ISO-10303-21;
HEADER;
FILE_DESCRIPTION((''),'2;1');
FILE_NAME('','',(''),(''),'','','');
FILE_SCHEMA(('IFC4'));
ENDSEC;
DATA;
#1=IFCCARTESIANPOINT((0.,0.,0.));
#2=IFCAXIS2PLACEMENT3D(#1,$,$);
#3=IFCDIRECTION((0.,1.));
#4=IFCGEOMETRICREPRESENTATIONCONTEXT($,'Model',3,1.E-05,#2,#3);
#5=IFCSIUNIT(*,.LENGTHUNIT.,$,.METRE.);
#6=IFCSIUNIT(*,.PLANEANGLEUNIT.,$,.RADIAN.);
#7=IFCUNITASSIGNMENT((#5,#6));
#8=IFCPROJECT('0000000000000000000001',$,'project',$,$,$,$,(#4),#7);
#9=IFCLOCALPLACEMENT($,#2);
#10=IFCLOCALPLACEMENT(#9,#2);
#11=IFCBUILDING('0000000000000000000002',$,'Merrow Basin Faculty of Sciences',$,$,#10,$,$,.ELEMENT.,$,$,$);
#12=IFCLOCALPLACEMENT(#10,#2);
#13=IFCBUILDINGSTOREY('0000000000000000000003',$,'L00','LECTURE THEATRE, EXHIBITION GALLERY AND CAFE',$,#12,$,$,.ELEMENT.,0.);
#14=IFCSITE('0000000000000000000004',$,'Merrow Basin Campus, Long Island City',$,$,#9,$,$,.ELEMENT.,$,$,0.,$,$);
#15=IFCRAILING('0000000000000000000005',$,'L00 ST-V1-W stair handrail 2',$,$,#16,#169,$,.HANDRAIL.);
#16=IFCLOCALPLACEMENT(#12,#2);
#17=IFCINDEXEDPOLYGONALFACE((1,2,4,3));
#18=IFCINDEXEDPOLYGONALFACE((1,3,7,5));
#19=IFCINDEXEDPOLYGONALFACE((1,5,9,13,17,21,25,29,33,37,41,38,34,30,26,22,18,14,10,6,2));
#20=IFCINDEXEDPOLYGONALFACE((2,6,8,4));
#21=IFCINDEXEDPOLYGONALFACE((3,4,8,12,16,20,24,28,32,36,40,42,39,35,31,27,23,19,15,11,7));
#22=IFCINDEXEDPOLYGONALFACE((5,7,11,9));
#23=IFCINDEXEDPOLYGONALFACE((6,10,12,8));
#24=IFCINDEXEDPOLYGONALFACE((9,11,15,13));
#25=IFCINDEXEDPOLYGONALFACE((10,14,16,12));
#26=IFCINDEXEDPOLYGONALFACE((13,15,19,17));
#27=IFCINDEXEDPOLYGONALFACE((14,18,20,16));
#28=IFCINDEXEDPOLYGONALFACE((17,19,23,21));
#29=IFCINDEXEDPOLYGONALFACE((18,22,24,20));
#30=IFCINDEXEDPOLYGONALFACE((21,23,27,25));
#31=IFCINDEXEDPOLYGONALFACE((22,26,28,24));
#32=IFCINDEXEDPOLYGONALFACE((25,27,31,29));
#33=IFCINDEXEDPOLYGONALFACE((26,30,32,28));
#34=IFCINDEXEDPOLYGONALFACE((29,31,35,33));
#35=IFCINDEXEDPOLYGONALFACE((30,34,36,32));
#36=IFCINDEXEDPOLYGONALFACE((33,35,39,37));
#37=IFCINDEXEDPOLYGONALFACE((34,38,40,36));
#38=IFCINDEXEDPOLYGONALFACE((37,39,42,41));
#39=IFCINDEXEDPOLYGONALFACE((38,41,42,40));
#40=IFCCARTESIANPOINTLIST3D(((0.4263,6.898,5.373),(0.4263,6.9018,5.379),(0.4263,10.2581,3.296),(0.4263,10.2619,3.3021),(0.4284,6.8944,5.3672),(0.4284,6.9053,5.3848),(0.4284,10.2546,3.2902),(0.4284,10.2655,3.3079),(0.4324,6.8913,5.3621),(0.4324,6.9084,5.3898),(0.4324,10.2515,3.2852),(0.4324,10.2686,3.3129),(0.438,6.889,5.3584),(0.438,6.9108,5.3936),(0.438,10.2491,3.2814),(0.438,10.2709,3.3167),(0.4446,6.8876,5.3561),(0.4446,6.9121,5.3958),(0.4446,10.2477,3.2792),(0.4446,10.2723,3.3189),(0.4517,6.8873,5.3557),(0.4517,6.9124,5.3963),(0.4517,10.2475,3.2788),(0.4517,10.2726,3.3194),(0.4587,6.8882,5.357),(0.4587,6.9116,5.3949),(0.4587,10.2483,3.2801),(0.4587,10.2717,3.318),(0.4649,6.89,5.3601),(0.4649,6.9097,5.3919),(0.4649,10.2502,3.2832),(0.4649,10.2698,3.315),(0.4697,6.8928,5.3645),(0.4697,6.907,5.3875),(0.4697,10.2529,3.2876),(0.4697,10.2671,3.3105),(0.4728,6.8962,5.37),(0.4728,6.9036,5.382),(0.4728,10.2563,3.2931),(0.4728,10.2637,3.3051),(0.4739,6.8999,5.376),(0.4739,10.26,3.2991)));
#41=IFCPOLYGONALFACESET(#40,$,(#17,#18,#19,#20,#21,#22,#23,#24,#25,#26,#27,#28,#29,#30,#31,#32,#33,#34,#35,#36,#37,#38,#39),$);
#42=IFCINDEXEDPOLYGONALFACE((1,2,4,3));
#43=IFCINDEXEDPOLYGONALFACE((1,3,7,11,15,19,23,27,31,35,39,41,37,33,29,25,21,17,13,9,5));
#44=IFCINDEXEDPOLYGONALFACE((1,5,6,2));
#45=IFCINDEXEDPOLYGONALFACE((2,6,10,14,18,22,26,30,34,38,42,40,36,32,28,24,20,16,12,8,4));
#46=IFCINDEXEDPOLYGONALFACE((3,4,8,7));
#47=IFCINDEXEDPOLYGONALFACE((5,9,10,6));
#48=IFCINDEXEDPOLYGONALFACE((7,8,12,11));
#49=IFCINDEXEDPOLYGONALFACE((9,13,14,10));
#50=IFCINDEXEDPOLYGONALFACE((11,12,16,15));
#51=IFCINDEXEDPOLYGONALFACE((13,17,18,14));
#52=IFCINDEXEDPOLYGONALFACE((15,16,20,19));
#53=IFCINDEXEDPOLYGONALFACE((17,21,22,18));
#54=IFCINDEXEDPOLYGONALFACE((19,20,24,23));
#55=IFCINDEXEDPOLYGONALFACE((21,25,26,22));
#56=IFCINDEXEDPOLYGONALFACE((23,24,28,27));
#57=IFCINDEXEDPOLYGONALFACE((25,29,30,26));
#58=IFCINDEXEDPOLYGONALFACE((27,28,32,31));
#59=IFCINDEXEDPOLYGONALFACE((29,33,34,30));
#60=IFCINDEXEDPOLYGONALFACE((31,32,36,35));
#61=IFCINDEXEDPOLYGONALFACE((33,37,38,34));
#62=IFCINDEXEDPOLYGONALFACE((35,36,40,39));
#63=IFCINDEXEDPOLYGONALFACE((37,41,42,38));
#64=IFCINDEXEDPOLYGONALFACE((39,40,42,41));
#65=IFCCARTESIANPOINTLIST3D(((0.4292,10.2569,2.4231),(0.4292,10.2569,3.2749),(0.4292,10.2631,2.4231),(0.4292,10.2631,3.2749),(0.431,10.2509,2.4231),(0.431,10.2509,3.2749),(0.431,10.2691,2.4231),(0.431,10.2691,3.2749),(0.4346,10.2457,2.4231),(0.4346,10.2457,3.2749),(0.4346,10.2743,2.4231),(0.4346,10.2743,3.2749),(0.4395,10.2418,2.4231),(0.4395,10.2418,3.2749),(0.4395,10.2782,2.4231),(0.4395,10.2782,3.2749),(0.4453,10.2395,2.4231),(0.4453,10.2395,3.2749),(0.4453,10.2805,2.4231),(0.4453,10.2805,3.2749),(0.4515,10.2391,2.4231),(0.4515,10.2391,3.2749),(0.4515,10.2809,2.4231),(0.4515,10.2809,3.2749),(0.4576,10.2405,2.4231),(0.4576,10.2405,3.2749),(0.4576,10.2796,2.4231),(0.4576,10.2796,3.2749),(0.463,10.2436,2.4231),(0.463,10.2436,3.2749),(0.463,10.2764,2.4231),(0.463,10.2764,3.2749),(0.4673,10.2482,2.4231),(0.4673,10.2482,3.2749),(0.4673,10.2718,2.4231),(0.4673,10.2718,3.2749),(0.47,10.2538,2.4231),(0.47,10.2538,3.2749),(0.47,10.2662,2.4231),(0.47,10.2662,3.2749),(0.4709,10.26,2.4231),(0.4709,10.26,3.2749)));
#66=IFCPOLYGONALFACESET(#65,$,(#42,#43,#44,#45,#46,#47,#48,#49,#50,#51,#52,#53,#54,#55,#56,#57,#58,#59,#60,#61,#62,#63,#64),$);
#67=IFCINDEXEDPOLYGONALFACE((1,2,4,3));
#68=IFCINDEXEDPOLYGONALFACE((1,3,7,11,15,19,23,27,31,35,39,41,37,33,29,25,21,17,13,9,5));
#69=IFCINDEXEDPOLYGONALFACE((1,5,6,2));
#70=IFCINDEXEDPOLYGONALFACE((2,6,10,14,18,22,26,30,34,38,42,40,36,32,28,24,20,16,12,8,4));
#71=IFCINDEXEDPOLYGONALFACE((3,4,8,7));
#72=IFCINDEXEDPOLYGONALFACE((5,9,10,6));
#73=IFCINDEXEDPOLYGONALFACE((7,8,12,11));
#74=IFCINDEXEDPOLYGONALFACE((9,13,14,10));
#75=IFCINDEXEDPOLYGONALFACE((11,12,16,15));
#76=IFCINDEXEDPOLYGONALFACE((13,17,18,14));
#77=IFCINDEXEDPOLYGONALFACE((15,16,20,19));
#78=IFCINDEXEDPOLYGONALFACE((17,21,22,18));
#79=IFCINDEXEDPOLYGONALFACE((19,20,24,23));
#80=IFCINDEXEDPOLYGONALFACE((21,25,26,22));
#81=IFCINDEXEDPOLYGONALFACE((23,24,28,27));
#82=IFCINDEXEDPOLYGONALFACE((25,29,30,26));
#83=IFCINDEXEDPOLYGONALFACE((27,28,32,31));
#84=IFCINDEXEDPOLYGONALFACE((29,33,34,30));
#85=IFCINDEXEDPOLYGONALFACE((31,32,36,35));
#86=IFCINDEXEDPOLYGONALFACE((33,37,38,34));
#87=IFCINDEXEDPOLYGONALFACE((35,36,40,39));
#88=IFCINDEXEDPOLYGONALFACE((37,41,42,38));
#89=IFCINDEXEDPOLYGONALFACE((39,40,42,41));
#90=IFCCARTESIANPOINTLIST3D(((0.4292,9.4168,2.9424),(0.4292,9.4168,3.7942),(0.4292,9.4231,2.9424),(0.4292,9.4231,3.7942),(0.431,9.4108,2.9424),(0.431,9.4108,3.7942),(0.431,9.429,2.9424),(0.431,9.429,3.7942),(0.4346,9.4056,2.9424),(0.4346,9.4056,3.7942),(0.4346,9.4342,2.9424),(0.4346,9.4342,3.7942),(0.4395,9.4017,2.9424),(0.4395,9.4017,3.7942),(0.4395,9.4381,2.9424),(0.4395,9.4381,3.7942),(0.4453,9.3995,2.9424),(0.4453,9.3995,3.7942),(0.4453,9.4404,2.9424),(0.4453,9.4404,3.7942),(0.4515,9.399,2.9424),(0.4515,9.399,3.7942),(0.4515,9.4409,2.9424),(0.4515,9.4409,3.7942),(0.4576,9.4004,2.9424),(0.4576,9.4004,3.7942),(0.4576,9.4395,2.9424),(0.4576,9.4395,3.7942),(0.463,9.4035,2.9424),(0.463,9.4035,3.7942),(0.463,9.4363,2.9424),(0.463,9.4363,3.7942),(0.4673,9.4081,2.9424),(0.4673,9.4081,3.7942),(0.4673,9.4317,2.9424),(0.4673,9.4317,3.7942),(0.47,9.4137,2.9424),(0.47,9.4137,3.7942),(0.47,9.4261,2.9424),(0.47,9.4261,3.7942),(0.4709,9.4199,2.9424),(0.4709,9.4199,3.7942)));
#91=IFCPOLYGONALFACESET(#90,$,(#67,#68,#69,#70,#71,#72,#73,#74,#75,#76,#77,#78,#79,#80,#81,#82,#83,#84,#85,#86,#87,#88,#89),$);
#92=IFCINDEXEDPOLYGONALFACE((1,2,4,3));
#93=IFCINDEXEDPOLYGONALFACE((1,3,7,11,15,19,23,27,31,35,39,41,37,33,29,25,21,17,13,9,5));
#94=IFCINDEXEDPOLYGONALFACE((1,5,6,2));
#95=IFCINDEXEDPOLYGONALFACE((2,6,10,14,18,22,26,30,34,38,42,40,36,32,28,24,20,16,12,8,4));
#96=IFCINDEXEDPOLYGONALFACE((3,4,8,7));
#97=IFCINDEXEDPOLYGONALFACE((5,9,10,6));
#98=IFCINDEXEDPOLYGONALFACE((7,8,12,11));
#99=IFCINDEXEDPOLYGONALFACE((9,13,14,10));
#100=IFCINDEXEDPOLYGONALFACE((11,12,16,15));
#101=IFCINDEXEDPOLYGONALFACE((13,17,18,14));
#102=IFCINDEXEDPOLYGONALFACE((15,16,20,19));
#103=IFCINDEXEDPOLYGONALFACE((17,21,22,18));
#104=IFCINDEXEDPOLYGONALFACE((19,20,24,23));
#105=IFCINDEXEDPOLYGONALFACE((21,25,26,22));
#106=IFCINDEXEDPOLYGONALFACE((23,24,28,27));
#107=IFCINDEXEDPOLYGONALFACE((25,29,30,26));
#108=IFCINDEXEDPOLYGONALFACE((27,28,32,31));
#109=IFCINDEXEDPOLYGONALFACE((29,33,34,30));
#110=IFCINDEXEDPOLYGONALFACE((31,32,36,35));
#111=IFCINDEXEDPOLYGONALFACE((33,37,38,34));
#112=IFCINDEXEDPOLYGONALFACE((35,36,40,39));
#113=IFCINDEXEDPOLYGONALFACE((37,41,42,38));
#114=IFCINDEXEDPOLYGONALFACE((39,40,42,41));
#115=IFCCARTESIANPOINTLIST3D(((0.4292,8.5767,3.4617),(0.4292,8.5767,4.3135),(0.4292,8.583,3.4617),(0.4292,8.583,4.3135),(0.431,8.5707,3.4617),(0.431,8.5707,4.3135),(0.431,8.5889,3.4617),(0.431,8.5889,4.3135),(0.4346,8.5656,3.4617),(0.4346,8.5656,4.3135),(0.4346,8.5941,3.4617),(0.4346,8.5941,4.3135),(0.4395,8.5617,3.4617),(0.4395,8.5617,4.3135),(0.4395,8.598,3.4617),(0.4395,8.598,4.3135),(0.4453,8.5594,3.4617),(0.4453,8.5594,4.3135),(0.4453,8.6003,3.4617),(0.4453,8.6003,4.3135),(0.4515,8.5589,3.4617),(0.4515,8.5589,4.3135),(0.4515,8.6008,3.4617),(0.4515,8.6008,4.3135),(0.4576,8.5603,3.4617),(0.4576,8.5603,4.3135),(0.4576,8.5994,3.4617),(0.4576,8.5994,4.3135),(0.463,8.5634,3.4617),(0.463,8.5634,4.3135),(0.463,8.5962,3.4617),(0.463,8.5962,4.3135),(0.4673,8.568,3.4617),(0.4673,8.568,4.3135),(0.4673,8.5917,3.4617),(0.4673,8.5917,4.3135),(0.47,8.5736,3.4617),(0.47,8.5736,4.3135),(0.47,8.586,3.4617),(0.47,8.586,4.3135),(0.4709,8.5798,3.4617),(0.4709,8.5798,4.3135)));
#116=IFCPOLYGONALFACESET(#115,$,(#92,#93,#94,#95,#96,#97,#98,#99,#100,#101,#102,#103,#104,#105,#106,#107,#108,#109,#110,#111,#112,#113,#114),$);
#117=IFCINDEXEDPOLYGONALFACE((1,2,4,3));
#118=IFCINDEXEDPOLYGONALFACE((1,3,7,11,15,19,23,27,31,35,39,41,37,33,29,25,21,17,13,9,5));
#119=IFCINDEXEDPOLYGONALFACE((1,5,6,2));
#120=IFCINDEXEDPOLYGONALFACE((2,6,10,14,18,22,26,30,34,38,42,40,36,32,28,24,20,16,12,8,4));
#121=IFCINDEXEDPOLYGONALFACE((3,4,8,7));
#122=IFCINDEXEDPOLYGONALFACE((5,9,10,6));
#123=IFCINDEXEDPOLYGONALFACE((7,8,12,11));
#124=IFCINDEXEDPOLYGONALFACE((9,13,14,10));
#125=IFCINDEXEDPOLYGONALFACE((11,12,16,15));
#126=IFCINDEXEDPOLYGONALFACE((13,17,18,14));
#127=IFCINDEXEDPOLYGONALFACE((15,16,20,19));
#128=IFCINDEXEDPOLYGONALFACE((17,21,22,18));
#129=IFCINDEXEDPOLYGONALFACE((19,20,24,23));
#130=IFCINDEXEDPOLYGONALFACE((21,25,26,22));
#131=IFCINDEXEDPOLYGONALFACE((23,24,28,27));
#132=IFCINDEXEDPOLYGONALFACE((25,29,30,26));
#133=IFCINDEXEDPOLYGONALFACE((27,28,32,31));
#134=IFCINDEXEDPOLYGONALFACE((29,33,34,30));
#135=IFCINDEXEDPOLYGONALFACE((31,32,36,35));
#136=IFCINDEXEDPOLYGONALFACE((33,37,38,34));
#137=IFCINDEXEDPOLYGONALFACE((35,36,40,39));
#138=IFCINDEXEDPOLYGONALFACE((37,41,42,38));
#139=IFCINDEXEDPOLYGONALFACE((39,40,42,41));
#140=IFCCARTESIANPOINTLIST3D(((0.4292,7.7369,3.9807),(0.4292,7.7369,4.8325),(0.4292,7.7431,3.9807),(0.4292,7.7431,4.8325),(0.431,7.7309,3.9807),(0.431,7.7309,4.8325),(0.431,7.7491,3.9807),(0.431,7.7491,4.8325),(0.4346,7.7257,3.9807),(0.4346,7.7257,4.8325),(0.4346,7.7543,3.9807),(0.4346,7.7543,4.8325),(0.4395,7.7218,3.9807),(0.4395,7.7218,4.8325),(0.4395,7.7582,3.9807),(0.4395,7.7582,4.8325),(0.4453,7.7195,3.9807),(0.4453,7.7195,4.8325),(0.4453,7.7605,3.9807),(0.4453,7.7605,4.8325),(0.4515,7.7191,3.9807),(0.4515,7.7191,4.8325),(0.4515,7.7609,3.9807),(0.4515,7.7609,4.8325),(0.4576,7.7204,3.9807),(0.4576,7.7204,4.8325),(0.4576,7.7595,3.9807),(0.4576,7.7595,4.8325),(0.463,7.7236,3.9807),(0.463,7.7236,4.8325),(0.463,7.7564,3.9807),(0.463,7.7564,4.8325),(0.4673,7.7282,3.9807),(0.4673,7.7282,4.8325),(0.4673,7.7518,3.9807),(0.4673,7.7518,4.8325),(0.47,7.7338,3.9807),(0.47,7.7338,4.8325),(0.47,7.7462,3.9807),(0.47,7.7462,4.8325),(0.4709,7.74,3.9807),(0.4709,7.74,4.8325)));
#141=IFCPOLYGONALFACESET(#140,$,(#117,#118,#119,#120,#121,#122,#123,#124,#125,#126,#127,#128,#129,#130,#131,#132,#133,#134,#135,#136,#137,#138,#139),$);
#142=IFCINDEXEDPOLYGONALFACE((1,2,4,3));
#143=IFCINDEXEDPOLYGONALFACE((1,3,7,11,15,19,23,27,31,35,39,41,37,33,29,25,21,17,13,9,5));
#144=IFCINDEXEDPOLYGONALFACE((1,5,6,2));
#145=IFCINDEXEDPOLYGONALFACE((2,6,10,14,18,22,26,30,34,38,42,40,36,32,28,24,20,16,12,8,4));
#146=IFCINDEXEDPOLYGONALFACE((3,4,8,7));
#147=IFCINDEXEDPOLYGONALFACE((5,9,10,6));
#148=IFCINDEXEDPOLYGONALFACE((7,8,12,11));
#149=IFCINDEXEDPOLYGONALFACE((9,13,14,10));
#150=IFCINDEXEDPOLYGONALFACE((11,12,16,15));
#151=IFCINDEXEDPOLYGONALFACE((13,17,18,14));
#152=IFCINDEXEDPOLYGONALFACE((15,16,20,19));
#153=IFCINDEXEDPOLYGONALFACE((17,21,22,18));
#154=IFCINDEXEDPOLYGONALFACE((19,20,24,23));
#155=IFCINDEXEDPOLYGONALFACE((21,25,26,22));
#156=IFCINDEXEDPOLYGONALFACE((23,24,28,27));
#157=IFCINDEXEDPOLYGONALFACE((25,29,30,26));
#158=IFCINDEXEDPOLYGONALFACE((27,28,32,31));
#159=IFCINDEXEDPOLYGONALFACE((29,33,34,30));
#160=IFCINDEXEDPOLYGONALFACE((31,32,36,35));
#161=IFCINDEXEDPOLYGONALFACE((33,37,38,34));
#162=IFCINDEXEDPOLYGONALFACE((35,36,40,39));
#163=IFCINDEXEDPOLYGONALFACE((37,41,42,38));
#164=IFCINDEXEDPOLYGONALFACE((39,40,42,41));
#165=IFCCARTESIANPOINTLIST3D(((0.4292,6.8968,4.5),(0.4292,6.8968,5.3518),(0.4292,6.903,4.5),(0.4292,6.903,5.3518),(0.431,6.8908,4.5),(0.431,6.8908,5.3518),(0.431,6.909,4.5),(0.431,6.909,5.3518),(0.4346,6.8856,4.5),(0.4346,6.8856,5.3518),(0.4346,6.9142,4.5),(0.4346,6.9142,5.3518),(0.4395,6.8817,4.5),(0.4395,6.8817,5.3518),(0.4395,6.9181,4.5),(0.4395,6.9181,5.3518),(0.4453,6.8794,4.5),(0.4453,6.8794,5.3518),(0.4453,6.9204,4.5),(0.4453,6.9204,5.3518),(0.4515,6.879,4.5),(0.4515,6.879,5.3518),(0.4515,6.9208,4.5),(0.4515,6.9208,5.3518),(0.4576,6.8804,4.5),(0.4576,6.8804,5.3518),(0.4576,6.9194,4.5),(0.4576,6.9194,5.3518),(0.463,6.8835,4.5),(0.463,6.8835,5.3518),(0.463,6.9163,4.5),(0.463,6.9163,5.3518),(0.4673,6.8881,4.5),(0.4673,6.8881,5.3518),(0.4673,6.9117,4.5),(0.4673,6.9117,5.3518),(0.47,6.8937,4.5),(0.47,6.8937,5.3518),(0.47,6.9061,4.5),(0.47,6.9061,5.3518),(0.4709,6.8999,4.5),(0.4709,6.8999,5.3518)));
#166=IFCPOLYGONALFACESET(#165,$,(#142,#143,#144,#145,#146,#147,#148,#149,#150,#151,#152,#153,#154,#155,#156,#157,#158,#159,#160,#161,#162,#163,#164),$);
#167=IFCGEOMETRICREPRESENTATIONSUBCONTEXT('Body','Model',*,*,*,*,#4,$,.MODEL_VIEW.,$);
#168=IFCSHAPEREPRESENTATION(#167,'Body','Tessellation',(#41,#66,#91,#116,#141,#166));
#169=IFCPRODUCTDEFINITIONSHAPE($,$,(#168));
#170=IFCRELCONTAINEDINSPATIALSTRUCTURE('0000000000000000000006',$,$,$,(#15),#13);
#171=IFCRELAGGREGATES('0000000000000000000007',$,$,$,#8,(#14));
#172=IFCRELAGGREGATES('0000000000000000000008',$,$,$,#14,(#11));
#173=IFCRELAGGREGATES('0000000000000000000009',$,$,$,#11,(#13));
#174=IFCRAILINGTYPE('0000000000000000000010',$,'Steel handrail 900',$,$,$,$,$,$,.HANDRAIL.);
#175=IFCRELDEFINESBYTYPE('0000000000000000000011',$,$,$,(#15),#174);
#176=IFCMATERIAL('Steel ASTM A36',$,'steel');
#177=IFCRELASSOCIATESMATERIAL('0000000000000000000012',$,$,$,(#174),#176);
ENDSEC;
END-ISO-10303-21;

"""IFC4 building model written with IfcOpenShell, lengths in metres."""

from ifc_helpers import new_model, si_unit, direction, frame, origin, origin_2d, place, context, subcontext, project, spatial, circle, extrude, material, type_object, element, save


model = new_model("IFC4")

# Units and contexts
model_context = context("Model", 3, precision=1e-05, world=origin(), true_north=direction((0.0, 1.0)))
body_context = subcontext(model_context, "Body", "Model", "MODEL_VIEW")
ifc_project = project(units=[si_unit("LENGTHUNIT", "METRE"), si_unit("PLANEANGLEUNIT", "RADIAN")], contexts=[model_context])

# Site, building, storey
site_placement = place(None, origin())
site = spatial("IfcSite", under=ifc_project, at=site_placement, Name="Merrow Basin Campus, Long Island City", CompositionType="ELEMENT", RefElevation=0.0)
building_placement = place(site_placement, origin())
building = spatial("IfcBuilding", under=site, at=building_placement, Name="Merrow Basin Faculty of Sciences", CompositionType="ELEMENT")
storey_placement = place(building_placement, origin())
storey = spatial("IfcBuildingStorey", under=building, at=storey_placement, Name="L00", Description="LECTURE THEATRE, EXHIBITION GALLERY AND CAFE", CompositionType="ELEMENT", Elevation=0.0)

# Railing
ifc_material_1 = material(Name="Steel ASTM A36", Category="steel")
railing_type_1 = type_object("IfcRailingType", Name="Steel handrail 900", PredefinedType="HANDRAIL", material=ifc_material_1)
railing_1_placement = place(storey_placement, frame((0.45, 10.26, 2.4231)))
element("IfcRailing", 1, at=railing_1_placement, inside=storey, type_object=railing_type_1, Name="L00 ST-V1-W stair handrail 2", PredefinedType="HANDRAIL", context=body_context, shape_type="SweptSolid", body=[
    extrude(circle(Radius=0.0239, at=origin_2d()), frame((0.0, 0.0, 0.876), z_axis=(0.0, -0.850623, 0.525776), x_axis=(1.0, 0.0, 0.0)), (0.0, 0.0, 1.0), 3.9502),
    extrude(circle(Radius=0.021, at=origin_2d()), origin(), (0.0, 0.0, 1.0), 0.8518),
    extrude(circle(Radius=0.021, at=origin_2d()), frame((0.0, -0.8401, 0.5193)), (0.0, 0.0, 1.0), 0.8518),
    extrude(circle(Radius=0.021, at=origin_2d()), frame((0.0, -1.6802, 1.0386)), (0.0, 0.0, 1.0), 0.8518),
    extrude(circle(Radius=0.021, at=origin_2d()), frame((0.0, -2.52, 1.5576)), (0.0, 0.0, 1.0), 0.8518),
    extrude(circle(Radius=0.021, at=origin_2d()), frame((0.0, -3.3601, 2.0769)), (0.0, 0.0, 1.0), 0.8518),
])

save(model, "model.ifc")
